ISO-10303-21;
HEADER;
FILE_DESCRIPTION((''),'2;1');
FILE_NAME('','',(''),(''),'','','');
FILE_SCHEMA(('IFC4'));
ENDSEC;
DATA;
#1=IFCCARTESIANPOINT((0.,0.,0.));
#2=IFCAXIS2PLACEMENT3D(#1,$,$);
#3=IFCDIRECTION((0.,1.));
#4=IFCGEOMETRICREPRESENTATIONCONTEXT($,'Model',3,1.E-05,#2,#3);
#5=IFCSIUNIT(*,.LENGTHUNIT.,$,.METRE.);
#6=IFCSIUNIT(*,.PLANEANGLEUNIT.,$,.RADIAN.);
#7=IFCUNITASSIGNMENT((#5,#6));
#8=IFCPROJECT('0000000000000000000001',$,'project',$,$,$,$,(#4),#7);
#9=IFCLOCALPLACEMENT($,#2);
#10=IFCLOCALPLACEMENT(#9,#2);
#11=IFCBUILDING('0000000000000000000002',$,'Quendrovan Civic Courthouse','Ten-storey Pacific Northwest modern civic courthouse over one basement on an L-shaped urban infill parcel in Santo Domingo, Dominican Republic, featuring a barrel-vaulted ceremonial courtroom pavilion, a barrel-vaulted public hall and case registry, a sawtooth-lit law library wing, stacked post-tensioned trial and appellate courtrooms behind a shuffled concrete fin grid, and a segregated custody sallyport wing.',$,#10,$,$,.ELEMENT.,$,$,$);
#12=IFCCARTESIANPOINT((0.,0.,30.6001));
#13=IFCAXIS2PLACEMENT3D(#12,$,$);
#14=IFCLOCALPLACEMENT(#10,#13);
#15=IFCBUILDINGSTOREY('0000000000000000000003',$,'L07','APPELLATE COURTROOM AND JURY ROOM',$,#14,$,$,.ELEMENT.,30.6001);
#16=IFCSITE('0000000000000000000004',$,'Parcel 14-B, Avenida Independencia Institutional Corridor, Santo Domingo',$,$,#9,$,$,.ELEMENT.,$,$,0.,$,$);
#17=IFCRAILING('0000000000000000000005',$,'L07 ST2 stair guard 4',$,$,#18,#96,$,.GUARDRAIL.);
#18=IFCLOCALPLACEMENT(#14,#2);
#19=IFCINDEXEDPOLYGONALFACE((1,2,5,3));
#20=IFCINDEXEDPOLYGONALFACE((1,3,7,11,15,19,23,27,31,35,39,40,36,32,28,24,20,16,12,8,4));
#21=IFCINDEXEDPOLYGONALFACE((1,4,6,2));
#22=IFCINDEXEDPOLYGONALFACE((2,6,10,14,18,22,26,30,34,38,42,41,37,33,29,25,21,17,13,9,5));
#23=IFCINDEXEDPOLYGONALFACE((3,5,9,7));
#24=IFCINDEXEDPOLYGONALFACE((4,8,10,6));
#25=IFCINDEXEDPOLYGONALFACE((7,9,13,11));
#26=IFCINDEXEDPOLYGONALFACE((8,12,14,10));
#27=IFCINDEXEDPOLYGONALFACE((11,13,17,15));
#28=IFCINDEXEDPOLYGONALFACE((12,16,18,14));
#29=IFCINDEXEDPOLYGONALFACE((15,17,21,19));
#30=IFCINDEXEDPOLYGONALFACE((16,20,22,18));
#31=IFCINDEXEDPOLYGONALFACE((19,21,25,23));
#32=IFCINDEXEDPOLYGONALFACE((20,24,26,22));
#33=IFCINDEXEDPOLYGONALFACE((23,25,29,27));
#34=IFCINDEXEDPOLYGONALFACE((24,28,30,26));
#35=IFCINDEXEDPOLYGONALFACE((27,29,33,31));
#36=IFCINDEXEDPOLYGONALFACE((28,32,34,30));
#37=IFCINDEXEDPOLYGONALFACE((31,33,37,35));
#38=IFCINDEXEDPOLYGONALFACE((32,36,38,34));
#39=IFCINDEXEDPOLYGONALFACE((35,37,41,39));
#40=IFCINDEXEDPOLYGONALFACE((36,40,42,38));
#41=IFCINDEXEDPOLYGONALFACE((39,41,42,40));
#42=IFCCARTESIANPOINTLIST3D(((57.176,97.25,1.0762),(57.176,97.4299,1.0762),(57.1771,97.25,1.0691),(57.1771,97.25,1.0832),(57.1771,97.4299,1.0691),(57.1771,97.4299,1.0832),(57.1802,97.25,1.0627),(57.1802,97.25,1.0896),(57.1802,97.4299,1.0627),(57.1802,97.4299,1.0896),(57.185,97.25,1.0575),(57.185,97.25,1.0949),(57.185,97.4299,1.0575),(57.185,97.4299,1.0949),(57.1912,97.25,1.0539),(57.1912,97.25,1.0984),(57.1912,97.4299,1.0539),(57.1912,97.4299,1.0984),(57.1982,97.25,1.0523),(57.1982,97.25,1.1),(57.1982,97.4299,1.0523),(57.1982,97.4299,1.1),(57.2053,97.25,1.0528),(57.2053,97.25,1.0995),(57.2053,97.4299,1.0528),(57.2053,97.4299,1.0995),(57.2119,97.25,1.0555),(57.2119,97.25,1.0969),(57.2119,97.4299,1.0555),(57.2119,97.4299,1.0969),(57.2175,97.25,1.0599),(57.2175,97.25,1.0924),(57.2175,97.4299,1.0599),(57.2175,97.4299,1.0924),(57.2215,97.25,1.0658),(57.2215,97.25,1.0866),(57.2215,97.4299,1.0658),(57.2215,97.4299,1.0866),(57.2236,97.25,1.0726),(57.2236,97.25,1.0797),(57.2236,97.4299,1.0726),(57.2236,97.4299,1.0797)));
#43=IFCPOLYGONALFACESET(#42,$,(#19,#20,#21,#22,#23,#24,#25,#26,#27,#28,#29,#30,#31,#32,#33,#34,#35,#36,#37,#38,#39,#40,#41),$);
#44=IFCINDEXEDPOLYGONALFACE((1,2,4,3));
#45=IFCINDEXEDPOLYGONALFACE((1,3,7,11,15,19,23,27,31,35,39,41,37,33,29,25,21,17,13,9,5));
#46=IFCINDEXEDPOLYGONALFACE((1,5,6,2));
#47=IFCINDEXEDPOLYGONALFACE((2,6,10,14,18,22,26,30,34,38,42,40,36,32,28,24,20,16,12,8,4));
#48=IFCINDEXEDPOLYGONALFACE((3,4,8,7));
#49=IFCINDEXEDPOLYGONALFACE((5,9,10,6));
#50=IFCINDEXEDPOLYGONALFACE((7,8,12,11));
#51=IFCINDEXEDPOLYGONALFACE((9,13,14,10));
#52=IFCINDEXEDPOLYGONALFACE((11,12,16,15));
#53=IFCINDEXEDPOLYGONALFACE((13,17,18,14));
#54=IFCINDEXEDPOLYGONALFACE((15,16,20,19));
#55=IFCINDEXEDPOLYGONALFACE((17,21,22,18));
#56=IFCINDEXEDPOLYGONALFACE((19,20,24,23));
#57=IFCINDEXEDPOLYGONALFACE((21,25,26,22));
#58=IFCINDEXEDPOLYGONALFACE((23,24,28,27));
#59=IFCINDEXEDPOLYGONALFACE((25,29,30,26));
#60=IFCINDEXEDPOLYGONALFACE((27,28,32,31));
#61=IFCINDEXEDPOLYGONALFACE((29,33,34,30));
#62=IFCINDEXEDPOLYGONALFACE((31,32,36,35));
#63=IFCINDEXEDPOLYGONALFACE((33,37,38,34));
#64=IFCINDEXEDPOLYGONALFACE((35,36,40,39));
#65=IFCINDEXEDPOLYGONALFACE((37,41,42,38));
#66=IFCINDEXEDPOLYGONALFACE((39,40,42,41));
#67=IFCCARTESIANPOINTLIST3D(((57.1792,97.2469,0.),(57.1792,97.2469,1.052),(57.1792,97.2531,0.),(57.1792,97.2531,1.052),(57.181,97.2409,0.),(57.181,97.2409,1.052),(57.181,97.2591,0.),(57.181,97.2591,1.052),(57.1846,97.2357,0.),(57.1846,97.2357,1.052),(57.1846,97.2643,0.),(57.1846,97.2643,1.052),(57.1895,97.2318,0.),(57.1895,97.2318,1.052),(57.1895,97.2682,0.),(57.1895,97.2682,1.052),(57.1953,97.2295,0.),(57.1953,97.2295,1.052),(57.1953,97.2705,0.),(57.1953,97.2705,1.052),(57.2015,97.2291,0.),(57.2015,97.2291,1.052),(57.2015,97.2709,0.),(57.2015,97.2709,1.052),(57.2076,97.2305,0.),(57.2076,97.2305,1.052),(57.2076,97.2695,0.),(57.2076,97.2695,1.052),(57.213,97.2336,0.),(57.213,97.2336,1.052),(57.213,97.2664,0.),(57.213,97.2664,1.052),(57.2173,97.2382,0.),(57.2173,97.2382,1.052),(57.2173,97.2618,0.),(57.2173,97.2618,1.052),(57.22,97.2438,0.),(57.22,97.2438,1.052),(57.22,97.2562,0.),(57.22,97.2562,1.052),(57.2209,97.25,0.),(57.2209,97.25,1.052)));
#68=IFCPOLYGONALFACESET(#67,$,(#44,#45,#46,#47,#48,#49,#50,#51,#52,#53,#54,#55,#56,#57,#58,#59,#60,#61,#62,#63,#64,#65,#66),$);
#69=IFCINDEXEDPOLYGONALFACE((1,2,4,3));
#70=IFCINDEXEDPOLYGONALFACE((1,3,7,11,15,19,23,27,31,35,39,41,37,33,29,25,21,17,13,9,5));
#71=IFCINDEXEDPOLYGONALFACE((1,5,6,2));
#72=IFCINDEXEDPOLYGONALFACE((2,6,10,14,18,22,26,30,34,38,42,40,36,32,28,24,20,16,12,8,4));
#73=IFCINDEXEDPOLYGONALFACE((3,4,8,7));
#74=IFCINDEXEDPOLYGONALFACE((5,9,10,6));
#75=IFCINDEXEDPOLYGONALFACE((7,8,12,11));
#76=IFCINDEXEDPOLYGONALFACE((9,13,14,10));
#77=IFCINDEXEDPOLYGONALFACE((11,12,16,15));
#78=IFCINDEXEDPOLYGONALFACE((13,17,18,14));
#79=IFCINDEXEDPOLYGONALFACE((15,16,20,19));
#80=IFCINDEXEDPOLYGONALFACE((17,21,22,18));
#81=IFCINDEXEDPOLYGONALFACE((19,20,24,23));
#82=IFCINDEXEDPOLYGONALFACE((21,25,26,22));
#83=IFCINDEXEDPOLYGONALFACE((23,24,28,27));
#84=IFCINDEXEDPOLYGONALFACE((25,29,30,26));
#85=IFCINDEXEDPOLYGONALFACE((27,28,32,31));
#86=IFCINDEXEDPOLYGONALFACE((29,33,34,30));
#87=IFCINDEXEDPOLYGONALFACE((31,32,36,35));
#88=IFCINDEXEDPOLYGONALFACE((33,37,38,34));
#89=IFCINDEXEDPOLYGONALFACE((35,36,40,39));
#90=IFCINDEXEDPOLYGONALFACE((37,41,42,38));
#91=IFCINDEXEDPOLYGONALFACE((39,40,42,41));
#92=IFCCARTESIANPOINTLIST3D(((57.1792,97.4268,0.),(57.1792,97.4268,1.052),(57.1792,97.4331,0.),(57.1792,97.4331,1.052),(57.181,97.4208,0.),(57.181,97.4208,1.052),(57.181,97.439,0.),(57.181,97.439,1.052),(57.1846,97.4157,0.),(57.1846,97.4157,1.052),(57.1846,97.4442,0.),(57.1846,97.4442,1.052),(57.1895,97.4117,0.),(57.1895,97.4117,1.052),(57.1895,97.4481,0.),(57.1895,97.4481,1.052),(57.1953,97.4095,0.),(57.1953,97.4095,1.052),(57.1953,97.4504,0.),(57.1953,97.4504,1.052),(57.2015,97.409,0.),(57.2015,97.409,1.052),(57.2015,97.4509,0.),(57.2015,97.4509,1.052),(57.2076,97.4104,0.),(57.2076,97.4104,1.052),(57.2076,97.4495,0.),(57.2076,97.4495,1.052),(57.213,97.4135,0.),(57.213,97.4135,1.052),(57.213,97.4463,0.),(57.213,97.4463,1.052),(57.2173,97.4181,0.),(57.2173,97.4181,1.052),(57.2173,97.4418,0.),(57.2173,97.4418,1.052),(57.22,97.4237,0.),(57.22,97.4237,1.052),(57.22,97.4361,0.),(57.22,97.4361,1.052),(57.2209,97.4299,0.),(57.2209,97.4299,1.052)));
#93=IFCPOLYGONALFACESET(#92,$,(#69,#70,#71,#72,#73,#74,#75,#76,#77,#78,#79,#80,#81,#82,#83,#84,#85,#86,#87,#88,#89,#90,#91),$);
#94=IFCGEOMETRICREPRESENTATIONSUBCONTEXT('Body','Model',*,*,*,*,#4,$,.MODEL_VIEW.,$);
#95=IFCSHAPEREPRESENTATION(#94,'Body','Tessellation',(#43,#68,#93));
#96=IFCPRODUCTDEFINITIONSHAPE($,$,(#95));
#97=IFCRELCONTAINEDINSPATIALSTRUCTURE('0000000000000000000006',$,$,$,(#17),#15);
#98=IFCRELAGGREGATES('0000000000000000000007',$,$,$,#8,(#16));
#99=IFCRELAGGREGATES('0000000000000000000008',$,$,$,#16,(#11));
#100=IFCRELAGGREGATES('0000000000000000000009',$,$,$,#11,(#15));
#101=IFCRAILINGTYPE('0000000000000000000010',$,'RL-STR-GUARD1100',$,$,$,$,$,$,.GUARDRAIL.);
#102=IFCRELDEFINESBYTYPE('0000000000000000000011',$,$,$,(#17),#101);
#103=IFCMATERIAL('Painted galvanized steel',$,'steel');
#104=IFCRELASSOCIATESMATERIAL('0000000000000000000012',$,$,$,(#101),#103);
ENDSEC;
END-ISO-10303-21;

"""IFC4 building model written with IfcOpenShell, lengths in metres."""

from ifc_helpers import new_model, si_unit, direction, frame, origin, origin_2d, place, context, subcontext, project, spatial, circle, extrude, material, type_object, element, save


model = new_model("IFC4")

# Units and contexts
model_context = context("Model", 3, precision=1e-05, world=origin(), true_north=direction((0.0, 1.0)))
body_context = subcontext(model_context, "Body", "Model", "MODEL_VIEW")
ifc_project = project(units=[si_unit("LENGTHUNIT", "METRE"), si_unit("PLANEANGLEUNIT", "RADIAN")], contexts=[model_context])

# Site, building, storey
site_placement = place(None, origin())
site = spatial("IfcSite", under=ifc_project, at=site_placement, Name="Parcel 14-B, Avenida Independencia Institutional Corridor, Santo Domingo", CompositionType="ELEMENT", RefElevation=0.0)
building_placement = place(site_placement, origin())
building = spatial("IfcBuilding", under=site, at=building_placement, Name="Quendrovan Civic Courthouse", Description="Ten-storey Pacific Northwest modern civic courthouse over one basement on an L-shaped urban infill parcel in Santo Domingo, Dominican Republic, featuring a barrel-vaulted ceremonial courtroom pavilion, a barrel-vaulted public hall and case registry, a sawtooth-lit law library wing, stacked post-tensioned trial and appellate courtrooms behind a shuffled concrete fin grid, and a segregated custody sallyport wing.", CompositionType="ELEMENT")
storey_placement = place(building_placement, frame((0.0, 0.0, 30.6001)))
storey = spatial("IfcBuildingStorey", under=building, at=storey_placement, Name="L07", Description="APPELLATE COURTROOM AND JURY ROOM", CompositionType="ELEMENT", Elevation=30.6001)

# Railing
ifc_material_1 = material(Name="Painted galvanized steel", Category="steel")
railing_type = type_object("IfcRailingType", Name="RL-STR-GUARD1100", PredefinedType="GUARDRAIL", material=ifc_material_1)
railing_1_placement = place(storey_placement, frame((57.2, 97.25, 0.0)))
element("IfcRailing", 1, at=railing_1_placement, inside=storey, type_object=railing_type, Name="L07 ST2 stair guard 4", PredefinedType="GUARDRAIL", context=body_context, shape_type="SweptSolid", body=[
    extrude(circle(Radius=0.0239, at=origin_2d()), frame((0.0, 0.0, 1.0762), z_axis=(0.0, 1.0, 0.0), x_axis=(-1.0, 0.0, 0.0)), (0.0, 0.0, 1.0), 0.1799),
    extrude(circle(Radius=0.021, at=origin_2d()), origin(), (0.0, 0.0, 1.0), 1.052),
    extrude(circle(Radius=0.021, at=origin_2d()), frame((0.0, 0.1799, 0.0)), (0.0, 0.0, 1.0), 1.052),
])

save(model, "model.ifc")
